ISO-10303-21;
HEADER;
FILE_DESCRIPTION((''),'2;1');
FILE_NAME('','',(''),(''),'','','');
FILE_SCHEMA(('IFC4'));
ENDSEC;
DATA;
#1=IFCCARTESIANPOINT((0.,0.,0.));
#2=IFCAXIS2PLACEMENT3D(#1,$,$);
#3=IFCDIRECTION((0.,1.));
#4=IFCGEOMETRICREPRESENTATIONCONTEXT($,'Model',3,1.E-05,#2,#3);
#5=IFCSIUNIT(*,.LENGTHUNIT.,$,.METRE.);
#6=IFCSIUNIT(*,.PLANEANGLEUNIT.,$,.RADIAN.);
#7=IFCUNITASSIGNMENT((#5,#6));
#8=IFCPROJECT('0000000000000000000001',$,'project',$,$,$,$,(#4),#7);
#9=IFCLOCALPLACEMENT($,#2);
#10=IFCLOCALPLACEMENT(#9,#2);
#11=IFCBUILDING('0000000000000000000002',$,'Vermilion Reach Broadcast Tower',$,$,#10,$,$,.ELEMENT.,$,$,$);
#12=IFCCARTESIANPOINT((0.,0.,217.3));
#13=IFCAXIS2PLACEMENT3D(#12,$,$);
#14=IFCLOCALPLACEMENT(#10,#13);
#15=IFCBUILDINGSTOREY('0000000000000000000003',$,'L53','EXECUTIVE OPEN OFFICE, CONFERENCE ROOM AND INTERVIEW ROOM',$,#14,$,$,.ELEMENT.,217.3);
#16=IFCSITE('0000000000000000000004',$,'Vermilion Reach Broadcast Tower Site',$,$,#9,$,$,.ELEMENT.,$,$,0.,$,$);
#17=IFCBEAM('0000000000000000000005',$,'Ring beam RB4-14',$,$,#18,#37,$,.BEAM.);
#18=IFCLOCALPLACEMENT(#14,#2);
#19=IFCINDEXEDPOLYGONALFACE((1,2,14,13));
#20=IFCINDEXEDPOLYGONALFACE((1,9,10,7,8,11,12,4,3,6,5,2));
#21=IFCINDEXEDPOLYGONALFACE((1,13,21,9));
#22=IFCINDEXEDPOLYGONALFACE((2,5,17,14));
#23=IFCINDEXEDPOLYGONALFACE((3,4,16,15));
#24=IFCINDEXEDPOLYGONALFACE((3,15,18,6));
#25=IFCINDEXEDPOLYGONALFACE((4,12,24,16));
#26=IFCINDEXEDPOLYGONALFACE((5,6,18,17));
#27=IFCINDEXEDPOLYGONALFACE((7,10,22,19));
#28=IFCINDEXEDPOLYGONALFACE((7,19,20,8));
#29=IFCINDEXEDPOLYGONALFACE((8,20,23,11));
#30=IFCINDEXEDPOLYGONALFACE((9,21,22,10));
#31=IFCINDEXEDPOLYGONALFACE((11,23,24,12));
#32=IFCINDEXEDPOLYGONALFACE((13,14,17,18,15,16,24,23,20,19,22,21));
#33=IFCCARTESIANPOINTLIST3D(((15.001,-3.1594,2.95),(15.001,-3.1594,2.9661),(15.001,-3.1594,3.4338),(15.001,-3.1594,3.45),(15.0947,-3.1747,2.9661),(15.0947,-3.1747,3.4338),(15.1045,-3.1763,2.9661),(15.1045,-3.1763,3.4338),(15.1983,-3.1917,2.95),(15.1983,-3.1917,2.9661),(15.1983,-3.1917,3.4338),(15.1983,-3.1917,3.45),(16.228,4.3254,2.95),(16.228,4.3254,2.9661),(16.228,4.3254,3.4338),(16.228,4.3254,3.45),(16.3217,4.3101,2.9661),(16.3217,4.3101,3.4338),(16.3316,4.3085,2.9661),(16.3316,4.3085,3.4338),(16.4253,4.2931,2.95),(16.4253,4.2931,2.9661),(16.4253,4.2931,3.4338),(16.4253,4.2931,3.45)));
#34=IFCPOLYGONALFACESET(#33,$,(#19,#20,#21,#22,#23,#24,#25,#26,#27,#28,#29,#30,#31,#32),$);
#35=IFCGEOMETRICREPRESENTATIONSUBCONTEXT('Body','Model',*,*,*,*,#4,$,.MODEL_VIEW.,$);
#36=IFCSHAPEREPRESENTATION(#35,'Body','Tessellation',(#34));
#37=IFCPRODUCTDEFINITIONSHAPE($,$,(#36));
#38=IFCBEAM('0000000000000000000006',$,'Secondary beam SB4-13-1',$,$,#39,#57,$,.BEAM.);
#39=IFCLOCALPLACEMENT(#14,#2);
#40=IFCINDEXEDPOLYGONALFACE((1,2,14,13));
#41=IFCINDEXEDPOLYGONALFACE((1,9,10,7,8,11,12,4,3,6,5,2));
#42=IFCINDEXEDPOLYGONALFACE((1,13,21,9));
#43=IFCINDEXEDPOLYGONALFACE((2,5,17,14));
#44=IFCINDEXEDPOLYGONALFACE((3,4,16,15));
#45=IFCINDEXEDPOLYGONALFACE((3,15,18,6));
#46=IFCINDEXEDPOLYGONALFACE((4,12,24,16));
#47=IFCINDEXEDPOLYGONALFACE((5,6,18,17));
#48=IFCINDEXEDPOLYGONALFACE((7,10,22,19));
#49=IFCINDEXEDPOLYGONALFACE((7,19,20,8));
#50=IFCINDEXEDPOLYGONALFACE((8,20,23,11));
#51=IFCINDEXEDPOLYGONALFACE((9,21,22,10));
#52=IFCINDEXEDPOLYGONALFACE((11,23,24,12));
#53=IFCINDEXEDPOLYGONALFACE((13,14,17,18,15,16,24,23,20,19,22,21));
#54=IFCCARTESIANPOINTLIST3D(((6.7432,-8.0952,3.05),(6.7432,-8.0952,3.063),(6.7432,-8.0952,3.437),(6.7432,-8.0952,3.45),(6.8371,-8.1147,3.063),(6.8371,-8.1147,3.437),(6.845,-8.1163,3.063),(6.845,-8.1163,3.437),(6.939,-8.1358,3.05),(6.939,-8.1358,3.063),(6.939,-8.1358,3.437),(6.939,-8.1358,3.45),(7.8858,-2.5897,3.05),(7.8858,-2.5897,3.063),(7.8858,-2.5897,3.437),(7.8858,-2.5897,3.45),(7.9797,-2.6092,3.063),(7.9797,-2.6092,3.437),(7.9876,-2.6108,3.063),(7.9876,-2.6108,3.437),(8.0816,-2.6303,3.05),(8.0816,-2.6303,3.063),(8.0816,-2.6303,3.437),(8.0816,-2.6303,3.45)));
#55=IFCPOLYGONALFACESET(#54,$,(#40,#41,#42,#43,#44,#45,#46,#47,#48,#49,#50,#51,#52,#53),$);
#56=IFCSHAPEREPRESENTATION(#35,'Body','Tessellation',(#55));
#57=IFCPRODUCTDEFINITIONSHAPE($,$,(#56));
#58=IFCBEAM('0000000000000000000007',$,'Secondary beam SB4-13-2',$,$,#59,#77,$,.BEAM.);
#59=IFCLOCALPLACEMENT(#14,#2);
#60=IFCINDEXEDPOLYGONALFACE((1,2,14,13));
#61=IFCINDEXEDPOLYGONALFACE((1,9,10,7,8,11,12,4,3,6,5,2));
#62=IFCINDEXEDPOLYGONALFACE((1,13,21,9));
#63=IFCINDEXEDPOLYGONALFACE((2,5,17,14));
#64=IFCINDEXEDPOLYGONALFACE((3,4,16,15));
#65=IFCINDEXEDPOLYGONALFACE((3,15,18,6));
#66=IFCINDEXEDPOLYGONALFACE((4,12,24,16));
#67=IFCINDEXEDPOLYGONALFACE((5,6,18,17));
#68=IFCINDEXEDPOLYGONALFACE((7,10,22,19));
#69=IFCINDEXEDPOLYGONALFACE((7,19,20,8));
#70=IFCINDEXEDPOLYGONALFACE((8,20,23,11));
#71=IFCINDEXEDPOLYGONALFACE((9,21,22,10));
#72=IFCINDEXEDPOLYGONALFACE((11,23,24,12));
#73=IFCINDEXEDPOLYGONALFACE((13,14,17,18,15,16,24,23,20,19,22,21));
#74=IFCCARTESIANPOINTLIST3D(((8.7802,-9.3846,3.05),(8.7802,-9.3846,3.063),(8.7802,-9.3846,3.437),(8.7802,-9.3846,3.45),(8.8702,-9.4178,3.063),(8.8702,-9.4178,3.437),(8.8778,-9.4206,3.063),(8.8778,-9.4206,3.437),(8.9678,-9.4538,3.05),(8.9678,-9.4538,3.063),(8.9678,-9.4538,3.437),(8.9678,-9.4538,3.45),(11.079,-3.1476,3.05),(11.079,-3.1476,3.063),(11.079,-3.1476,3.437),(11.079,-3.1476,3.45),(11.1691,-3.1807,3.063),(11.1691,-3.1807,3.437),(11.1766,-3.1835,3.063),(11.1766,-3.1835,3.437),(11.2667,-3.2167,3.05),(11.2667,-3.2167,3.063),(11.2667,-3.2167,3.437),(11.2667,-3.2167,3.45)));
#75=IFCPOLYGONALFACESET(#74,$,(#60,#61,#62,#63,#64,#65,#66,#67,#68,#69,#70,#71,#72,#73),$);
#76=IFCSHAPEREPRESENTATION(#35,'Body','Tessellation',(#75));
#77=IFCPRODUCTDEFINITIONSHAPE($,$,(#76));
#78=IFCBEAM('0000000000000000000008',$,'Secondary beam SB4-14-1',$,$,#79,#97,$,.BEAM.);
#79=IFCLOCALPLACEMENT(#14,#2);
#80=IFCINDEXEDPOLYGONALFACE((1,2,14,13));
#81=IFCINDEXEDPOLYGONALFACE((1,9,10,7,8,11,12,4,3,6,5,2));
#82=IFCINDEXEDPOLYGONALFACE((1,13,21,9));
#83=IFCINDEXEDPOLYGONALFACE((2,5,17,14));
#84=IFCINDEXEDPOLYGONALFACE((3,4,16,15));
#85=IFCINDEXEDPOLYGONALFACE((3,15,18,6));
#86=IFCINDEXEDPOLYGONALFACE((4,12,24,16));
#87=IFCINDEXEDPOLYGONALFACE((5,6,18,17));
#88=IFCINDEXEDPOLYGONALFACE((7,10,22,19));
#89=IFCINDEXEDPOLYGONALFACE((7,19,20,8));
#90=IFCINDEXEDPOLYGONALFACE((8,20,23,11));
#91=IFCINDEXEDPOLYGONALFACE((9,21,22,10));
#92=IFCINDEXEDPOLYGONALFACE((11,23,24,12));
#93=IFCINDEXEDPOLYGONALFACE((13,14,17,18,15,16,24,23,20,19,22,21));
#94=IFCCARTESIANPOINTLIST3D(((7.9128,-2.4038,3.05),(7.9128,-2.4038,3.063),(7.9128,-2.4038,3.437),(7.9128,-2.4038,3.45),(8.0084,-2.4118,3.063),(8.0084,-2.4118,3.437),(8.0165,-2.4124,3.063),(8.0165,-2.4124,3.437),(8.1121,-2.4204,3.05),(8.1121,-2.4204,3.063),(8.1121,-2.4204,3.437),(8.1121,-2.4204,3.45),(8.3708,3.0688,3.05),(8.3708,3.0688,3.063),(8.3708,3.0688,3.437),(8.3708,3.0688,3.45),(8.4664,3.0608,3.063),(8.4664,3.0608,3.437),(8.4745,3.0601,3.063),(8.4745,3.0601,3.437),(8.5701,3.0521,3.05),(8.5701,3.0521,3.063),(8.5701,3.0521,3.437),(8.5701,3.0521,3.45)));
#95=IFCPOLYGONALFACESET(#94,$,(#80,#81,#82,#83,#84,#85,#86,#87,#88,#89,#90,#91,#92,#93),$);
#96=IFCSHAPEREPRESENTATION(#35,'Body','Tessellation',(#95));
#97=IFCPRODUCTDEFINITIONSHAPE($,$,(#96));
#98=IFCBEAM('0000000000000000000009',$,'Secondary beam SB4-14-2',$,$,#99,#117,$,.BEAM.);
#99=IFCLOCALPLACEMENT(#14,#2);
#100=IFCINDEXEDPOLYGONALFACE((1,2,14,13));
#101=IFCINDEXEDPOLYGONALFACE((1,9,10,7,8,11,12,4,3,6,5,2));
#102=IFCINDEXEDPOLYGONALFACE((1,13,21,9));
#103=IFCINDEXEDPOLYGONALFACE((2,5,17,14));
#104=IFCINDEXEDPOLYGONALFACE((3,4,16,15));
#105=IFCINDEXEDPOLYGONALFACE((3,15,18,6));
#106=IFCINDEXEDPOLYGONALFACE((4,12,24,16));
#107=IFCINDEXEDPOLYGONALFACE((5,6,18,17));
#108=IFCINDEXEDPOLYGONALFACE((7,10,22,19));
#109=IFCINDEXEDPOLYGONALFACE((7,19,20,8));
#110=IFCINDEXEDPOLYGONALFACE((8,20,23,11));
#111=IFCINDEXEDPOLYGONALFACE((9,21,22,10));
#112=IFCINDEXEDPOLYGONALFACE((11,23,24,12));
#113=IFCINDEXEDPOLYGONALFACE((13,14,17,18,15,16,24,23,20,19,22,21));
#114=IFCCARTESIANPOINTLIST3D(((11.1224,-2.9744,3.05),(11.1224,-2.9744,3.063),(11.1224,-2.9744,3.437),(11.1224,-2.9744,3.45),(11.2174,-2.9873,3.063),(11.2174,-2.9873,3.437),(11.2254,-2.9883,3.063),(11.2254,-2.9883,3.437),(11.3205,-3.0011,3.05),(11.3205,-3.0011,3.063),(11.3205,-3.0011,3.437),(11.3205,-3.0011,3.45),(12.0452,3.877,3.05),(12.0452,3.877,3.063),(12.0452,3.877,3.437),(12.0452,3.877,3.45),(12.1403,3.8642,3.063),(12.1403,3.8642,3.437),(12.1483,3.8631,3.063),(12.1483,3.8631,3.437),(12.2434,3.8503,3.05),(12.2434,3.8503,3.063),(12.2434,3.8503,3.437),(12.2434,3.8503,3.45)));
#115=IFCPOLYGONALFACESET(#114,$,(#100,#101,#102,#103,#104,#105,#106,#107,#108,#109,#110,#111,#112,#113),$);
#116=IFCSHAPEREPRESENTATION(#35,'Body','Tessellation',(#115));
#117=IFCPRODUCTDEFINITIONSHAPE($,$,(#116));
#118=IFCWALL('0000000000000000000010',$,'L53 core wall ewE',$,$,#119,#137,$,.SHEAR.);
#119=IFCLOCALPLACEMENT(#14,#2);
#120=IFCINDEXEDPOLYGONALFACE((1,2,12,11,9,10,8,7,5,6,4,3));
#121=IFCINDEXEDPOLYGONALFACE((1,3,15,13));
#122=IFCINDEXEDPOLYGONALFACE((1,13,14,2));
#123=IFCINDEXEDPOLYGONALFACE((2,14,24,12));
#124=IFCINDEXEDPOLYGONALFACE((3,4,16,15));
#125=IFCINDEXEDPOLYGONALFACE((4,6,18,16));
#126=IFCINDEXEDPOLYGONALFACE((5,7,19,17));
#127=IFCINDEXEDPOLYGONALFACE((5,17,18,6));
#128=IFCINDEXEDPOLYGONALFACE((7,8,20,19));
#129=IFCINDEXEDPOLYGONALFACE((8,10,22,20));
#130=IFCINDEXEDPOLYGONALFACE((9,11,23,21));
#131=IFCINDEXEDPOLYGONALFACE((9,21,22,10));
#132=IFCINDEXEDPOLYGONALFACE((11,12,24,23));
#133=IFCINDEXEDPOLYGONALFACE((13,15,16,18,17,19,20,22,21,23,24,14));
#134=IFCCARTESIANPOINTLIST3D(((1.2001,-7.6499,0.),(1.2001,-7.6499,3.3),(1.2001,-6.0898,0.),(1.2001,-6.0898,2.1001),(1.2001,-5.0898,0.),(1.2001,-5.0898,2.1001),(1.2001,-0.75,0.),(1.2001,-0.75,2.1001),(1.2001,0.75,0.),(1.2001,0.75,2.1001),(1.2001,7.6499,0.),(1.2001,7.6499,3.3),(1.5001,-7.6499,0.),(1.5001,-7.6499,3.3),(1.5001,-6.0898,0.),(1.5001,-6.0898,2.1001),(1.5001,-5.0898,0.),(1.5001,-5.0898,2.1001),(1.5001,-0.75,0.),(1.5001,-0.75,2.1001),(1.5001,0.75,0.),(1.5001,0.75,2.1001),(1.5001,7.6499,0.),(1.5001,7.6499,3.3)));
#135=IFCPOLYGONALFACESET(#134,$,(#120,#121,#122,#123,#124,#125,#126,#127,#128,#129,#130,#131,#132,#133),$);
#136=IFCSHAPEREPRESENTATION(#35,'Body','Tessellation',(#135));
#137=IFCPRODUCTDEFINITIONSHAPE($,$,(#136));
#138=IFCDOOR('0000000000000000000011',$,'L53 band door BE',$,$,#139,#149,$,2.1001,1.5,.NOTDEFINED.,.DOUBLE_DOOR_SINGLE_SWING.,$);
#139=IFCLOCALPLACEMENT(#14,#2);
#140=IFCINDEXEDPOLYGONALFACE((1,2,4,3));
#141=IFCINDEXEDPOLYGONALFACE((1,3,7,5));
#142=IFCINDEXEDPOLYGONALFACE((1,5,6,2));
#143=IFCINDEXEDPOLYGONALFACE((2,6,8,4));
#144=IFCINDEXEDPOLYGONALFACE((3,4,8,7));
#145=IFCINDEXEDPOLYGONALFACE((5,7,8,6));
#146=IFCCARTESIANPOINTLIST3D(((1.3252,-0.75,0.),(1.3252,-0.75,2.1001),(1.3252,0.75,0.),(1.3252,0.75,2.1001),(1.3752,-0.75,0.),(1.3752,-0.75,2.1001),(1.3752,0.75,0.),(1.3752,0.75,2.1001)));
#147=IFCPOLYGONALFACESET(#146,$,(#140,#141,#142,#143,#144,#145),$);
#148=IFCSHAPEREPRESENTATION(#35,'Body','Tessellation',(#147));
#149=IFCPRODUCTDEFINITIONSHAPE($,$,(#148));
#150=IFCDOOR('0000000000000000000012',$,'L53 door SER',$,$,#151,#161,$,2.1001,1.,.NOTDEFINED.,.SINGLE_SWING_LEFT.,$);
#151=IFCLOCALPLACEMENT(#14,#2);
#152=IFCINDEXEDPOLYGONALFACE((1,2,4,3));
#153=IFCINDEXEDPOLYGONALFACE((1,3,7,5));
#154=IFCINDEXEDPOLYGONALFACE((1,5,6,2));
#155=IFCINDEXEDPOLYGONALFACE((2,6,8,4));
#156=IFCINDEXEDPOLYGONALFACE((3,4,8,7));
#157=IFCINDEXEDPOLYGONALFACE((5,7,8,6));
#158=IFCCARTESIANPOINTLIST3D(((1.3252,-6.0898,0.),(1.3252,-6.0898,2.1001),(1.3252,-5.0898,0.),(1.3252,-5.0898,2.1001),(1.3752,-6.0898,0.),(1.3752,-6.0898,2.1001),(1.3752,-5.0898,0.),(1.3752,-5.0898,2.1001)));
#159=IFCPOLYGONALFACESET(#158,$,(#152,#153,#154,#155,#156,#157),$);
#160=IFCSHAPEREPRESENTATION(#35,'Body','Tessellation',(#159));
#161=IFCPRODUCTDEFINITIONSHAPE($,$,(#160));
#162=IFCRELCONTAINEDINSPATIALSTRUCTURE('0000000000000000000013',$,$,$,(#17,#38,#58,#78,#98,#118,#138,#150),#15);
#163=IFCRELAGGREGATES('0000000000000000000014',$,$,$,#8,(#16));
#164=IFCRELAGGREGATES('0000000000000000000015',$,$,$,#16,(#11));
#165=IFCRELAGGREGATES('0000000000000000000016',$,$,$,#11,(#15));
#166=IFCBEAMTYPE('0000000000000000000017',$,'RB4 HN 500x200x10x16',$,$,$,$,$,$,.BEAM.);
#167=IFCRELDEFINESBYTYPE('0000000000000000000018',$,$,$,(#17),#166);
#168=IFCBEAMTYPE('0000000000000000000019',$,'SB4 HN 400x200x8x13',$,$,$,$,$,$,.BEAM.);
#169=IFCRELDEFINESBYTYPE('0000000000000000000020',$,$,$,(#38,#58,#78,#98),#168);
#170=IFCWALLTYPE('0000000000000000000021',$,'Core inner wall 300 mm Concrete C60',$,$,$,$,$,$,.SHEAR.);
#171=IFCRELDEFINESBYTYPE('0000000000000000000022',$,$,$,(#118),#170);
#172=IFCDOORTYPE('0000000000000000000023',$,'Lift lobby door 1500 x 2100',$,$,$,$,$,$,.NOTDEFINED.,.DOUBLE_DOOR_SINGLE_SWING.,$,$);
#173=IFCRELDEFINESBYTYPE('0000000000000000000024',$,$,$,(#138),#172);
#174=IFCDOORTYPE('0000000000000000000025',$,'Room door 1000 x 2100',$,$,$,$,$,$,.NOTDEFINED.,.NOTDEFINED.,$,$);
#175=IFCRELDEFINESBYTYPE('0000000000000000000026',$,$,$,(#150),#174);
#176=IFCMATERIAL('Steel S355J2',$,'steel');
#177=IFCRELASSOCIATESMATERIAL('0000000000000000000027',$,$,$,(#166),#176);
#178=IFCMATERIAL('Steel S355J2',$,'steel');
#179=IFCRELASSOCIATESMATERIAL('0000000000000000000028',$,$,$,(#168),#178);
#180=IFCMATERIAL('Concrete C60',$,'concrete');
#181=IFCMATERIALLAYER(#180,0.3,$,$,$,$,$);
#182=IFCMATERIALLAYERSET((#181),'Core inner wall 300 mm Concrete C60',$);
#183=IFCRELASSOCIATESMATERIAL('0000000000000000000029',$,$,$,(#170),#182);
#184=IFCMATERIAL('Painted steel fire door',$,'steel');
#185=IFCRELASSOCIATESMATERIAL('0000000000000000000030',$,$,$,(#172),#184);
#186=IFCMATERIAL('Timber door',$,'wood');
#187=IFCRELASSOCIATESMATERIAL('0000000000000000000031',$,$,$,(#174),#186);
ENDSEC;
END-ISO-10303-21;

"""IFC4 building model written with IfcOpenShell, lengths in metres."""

from ifc_helpers import new_model, si_unit, direction, frame, frame_2d, origin, origin_2d, place, context, subcontext, project, spatial, rectangle, i_section, extrude, material, layer, layer_set, material_profile, profile_set, type_object, element, fill, save


model = new_model("IFC4")

# Units and contexts
model_context = context("Model", 3, precision=1e-05, world=origin(), true_north=direction((0.0, 1.0)))
body_context = subcontext(model_context, "Body", "Model", "MODEL_VIEW")
ifc_project = project(units=[si_unit("LENGTHUNIT", "METRE"), si_unit("PLANEANGLEUNIT", "RADIAN")], contexts=[model_context])

# Site, building, storey
site_placement = place(None, origin())
site = spatial("IfcSite", under=ifc_project, at=site_placement, Name="Vermilion Reach Broadcast Tower Site", CompositionType="ELEMENT", RefElevation=0.0)
building_placement = place(site_placement, origin())
building = spatial("IfcBuilding", under=site, at=building_placement, Name="Vermilion Reach Broadcast Tower", CompositionType="ELEMENT")
storey_placement = place(building_placement, frame((0.0, 0.0, 217.3)))
storey = spatial("IfcBuildingStorey", under=building, at=storey_placement, Name="L53", Description="EXECUTIVE OPEN OFFICE, CONFERENCE ROOM AND INTERVIEW ROOM", CompositionType="ELEMENT", Elevation=217.3)

# Beams
ifc_material_1 = material(Name="Steel S355J2", Category="steel")
ifc_material_profile_1 = material_profile(ifc_material_1, i_section(OverallWidth=0.2, OverallDepth=0.5, WebThickness=0.01, FlangeThickness=0.0161, at=origin_2d()), Name="S355J2 HN 500x200x10x16")
ifc_profile_set_1 = profile_set([ifc_material_profile_1], Name="Steel S355J2")
beam_type_1 = type_object("IfcBeamType", Name="RB4 HN 500x200x10x16", PredefinedType="BEAM", material=ifc_profile_set_1)
beam_1_placement = place(storey_placement, frame((15.0996, -3.1755, 3.2), z_axis=(0.161778, 0.986827, 0.0), x_axis=(-0.986827, 0.161778, 0.0)))
element("IfcBeam", 1, at=beam_1_placement, inside=storey, type_object=beam_type_1, Name="Ring beam RB4-14", PredefinedType="BEAM", context=body_context, shape_type="SweptSolid", body=[
    extrude(i_section(OverallWidth=0.2, OverallDepth=0.5, WebThickness=0.01, FlangeThickness=0.0161, at=origin_2d()), origin(), (0.0, 0.0, 1.0), 7.5847),
])
ifc_material_2 = material(Name="Steel S355J2", Category="steel")
ifc_material_profile_2 = material_profile(ifc_material_2, i_section(OverallWidth=0.2, OverallDepth=0.3999, WebThickness=0.0081, FlangeThickness=0.0129, at=origin_2d()), Name="S355J2 HN 400x200x8x13")
ifc_profile_set_2 = profile_set([ifc_material_profile_2], Name="Steel S355J2")
beam_type_2 = type_object("IfcBeamType", Name="SB4 HN 400x200x8x13", PredefinedType="BEAM", material=ifc_profile_set_2)
beam_2_placement = place(storey_placement, frame((6.8411, -8.1155, 3.25), z_axis=(0.203209, 0.979135, 0.0), x_axis=(-0.979135, 0.203209, 0.0)))
element("IfcBeam", 2, at=beam_2_placement, inside=storey, type_object=beam_type_2, Name="Secondary beam SB4-13-1", PredefinedType="BEAM", context=body_context, shape_type="SweptSolid", body=[
    extrude(i_section(OverallWidth=0.2, OverallDepth=0.3999, WebThickness=0.0081, FlangeThickness=0.0129, at=origin_2d()), origin(), (0.0, 0.0, 1.0), 5.6228),
])
beam_3_placement = place(storey_placement, frame((8.874, -9.4192, 3.25), z_axis=(0.345833, 0.938296, 0.0), x_axis=(-0.938296, 0.345833, 0.0)))
element("IfcBeam", 3, at=beam_3_placement, inside=storey, type_object=beam_type_2, Name="Secondary beam SB4-13-2", PredefinedType="BEAM", context=body_context, shape_type="SweptSolid", body=[
    extrude(i_section(OverallWidth=0.2, OverallDepth=0.3999, WebThickness=0.0081, FlangeThickness=0.0129, at=origin_2d()), origin(), (0.0, 0.0, 1.0), 6.6472),
])
beam_4_placement = place(storey_placement, frame((8.0125, -2.4121, 3.25), z_axis=(0.083399, 0.996516, 0.0), x_axis=(-0.996516, 0.083399, 0.0)))
element("IfcBeam", 4, at=beam_4_placement, inside=storey, type_object=beam_type_2, Name="Secondary beam SB4-14-1", PredefinedType="BEAM", context=body_context, shape_type="SweptSolid", body=[
    extrude(i_section(OverallWidth=0.2, OverallDepth=0.3999, WebThickness=0.0081, FlangeThickness=0.0129, at=origin_2d()), origin(), (0.0, 0.0, 1.0), 5.4917),
])
beam_5_placement = place(storey_placement, frame((11.2214, -2.9878, 3.25), z_axis=(0.133487, 0.991051, 0.0), x_axis=(-0.991051, 0.133487, 0.0)))
element("IfcBeam", 5, at=beam_5_placement, inside=storey, type_object=beam_type_2, Name="Secondary beam SB4-14-2", PredefinedType="BEAM", context=body_context, shape_type="SweptSolid", body=[
    extrude(i_section(OverallWidth=0.2, OverallDepth=0.3999, WebThickness=0.0081, FlangeThickness=0.0129, at=origin_2d()), origin(), (0.0, 0.0, 1.0), 6.9133),
])

# Wall, openings, doors
ifc_material_3 = material(Name="Concrete C60", Category="concrete")
ifc_layer_1 = layer(ifc_material_3, 0.3)
ifc_layer_set_1 = layer_set([ifc_layer_1], Name="Core inner wall 300 mm Concrete C60")
wall_type_1 = type_object("IfcWallType", Name="Core inner wall 300 mm Concrete C60", PredefinedType="SHEAR", material=ifc_layer_set_1)
wall_1_placement = place(storey_placement, frame((1.3501, -7.6499, 0.0), z_axis=(0.0, 0.0, 1.0), x_axis=(0.0, 1.0, 0.0)))
wall_1 = element("IfcWall", 6, at=wall_1_placement, inside=storey, type_object=wall_type_1, Name="L53 core wall ewE", PredefinedType="SHEAR", context=body_context, shape_type="SweptSolid", body=[
    extrude(rectangle(XDim=15.2998, YDim=0.3, at=frame_2d((7.6499, 0.0))), origin(), (0.0, 0.0, 1.0), 3.3),
])
opening_1_placement = place(wall_1_placement, frame((1.5601, 0.0, 0.0)))
opening_1 = element("IfcOpeningElement", 7, at=opening_1_placement, cuts=wall_1, PredefinedType="OPENING", context=body_context, shape_type="SweptSolid", body=[
    extrude(rectangle(XDim=1.0, YDim=2.1001, at=frame_2d((0.5, 1.05))), frame((0.0, 0.1599, 0.0), z_axis=(0.0, -1.0, 0.0), x_axis=(1.0, 0.0, 0.0)), (0.0, 0.0, 1.0), 0.3201),
])
opening_2_placement = place(wall_1_placement, frame((6.8999, 0.0, 0.0)))
opening_2 = element("IfcOpeningElement", 8, at=opening_2_placement, cuts=wall_1, PredefinedType="OPENING", context=body_context, shape_type="SweptSolid", body=[
    extrude(rectangle(XDim=1.5, YDim=2.1001, at=frame_2d((0.75, 1.05))), frame((0.0, 0.1599, 0.0), z_axis=(0.0, -1.0, 0.0), x_axis=(1.0, 0.0, 0.0)), (0.0, 0.0, 1.0), 0.3201),
])
ifc_material_4 = material(Name="Painted steel fire door", Category="steel")
door_type_1 = type_object("IfcDoorType", Name="Lift lobby door 1500 x 2100", OperationType="DOUBLE_DOOR_SINGLE_SWING", PredefinedType="NOTDEFINED", material=ifc_material_4)
door_1_placement = place(opening_2_placement, origin())
door_1 = element("IfcDoor", 9, at=door_1_placement, inside=storey, type_object=door_type_1, Name="L53 band door BE", OperationType="DOUBLE_DOOR_SINGLE_SWING", OverallHeight=2.1001, OverallWidth=1.5, PredefinedType="NOTDEFINED", context=body_context, shape_type="SweptSolid", body=[
    extrude(rectangle(XDim=1.5, YDim=2.1001, at=frame_2d((0.75, 1.05))), frame((0.0, 0.0249, 0.0), z_axis=(0.0, -1.0, 0.0), x_axis=(1.0, 0.0, 0.0)), (0.0, 0.0, 1.0), 0.05),
])
fill(opening_2, door_1)
ifc_material_5 = material(Name="Timber door", Category="wood")
door_type_2 = type_object("IfcDoorType", Name="Room door 1000 x 2100", OperationType="NOTDEFINED", PredefinedType="NOTDEFINED", material=ifc_material_5)
door_2_placement = place(opening_1_placement, origin())
door_2 = element("IfcDoor", 10, at=door_2_placement, inside=storey, type_object=door_type_2, Name="L53 door SER", OperationType="SINGLE_SWING_LEFT", OverallHeight=2.1001, OverallWidth=1.0, PredefinedType="NOTDEFINED", context=body_context, shape_type="SweptSolid", body=[
    extrude(rectangle(XDim=1.0, YDim=2.1001, at=frame_2d((0.5, 1.05))), frame((0.0, 0.0249, 0.0), z_axis=(0.0, -1.0, 0.0), x_axis=(1.0, 0.0, 0.0)), (0.0, 0.0, 1.0), 0.05),
])
fill(opening_1, door_2)

save(model, "model.ifc")
